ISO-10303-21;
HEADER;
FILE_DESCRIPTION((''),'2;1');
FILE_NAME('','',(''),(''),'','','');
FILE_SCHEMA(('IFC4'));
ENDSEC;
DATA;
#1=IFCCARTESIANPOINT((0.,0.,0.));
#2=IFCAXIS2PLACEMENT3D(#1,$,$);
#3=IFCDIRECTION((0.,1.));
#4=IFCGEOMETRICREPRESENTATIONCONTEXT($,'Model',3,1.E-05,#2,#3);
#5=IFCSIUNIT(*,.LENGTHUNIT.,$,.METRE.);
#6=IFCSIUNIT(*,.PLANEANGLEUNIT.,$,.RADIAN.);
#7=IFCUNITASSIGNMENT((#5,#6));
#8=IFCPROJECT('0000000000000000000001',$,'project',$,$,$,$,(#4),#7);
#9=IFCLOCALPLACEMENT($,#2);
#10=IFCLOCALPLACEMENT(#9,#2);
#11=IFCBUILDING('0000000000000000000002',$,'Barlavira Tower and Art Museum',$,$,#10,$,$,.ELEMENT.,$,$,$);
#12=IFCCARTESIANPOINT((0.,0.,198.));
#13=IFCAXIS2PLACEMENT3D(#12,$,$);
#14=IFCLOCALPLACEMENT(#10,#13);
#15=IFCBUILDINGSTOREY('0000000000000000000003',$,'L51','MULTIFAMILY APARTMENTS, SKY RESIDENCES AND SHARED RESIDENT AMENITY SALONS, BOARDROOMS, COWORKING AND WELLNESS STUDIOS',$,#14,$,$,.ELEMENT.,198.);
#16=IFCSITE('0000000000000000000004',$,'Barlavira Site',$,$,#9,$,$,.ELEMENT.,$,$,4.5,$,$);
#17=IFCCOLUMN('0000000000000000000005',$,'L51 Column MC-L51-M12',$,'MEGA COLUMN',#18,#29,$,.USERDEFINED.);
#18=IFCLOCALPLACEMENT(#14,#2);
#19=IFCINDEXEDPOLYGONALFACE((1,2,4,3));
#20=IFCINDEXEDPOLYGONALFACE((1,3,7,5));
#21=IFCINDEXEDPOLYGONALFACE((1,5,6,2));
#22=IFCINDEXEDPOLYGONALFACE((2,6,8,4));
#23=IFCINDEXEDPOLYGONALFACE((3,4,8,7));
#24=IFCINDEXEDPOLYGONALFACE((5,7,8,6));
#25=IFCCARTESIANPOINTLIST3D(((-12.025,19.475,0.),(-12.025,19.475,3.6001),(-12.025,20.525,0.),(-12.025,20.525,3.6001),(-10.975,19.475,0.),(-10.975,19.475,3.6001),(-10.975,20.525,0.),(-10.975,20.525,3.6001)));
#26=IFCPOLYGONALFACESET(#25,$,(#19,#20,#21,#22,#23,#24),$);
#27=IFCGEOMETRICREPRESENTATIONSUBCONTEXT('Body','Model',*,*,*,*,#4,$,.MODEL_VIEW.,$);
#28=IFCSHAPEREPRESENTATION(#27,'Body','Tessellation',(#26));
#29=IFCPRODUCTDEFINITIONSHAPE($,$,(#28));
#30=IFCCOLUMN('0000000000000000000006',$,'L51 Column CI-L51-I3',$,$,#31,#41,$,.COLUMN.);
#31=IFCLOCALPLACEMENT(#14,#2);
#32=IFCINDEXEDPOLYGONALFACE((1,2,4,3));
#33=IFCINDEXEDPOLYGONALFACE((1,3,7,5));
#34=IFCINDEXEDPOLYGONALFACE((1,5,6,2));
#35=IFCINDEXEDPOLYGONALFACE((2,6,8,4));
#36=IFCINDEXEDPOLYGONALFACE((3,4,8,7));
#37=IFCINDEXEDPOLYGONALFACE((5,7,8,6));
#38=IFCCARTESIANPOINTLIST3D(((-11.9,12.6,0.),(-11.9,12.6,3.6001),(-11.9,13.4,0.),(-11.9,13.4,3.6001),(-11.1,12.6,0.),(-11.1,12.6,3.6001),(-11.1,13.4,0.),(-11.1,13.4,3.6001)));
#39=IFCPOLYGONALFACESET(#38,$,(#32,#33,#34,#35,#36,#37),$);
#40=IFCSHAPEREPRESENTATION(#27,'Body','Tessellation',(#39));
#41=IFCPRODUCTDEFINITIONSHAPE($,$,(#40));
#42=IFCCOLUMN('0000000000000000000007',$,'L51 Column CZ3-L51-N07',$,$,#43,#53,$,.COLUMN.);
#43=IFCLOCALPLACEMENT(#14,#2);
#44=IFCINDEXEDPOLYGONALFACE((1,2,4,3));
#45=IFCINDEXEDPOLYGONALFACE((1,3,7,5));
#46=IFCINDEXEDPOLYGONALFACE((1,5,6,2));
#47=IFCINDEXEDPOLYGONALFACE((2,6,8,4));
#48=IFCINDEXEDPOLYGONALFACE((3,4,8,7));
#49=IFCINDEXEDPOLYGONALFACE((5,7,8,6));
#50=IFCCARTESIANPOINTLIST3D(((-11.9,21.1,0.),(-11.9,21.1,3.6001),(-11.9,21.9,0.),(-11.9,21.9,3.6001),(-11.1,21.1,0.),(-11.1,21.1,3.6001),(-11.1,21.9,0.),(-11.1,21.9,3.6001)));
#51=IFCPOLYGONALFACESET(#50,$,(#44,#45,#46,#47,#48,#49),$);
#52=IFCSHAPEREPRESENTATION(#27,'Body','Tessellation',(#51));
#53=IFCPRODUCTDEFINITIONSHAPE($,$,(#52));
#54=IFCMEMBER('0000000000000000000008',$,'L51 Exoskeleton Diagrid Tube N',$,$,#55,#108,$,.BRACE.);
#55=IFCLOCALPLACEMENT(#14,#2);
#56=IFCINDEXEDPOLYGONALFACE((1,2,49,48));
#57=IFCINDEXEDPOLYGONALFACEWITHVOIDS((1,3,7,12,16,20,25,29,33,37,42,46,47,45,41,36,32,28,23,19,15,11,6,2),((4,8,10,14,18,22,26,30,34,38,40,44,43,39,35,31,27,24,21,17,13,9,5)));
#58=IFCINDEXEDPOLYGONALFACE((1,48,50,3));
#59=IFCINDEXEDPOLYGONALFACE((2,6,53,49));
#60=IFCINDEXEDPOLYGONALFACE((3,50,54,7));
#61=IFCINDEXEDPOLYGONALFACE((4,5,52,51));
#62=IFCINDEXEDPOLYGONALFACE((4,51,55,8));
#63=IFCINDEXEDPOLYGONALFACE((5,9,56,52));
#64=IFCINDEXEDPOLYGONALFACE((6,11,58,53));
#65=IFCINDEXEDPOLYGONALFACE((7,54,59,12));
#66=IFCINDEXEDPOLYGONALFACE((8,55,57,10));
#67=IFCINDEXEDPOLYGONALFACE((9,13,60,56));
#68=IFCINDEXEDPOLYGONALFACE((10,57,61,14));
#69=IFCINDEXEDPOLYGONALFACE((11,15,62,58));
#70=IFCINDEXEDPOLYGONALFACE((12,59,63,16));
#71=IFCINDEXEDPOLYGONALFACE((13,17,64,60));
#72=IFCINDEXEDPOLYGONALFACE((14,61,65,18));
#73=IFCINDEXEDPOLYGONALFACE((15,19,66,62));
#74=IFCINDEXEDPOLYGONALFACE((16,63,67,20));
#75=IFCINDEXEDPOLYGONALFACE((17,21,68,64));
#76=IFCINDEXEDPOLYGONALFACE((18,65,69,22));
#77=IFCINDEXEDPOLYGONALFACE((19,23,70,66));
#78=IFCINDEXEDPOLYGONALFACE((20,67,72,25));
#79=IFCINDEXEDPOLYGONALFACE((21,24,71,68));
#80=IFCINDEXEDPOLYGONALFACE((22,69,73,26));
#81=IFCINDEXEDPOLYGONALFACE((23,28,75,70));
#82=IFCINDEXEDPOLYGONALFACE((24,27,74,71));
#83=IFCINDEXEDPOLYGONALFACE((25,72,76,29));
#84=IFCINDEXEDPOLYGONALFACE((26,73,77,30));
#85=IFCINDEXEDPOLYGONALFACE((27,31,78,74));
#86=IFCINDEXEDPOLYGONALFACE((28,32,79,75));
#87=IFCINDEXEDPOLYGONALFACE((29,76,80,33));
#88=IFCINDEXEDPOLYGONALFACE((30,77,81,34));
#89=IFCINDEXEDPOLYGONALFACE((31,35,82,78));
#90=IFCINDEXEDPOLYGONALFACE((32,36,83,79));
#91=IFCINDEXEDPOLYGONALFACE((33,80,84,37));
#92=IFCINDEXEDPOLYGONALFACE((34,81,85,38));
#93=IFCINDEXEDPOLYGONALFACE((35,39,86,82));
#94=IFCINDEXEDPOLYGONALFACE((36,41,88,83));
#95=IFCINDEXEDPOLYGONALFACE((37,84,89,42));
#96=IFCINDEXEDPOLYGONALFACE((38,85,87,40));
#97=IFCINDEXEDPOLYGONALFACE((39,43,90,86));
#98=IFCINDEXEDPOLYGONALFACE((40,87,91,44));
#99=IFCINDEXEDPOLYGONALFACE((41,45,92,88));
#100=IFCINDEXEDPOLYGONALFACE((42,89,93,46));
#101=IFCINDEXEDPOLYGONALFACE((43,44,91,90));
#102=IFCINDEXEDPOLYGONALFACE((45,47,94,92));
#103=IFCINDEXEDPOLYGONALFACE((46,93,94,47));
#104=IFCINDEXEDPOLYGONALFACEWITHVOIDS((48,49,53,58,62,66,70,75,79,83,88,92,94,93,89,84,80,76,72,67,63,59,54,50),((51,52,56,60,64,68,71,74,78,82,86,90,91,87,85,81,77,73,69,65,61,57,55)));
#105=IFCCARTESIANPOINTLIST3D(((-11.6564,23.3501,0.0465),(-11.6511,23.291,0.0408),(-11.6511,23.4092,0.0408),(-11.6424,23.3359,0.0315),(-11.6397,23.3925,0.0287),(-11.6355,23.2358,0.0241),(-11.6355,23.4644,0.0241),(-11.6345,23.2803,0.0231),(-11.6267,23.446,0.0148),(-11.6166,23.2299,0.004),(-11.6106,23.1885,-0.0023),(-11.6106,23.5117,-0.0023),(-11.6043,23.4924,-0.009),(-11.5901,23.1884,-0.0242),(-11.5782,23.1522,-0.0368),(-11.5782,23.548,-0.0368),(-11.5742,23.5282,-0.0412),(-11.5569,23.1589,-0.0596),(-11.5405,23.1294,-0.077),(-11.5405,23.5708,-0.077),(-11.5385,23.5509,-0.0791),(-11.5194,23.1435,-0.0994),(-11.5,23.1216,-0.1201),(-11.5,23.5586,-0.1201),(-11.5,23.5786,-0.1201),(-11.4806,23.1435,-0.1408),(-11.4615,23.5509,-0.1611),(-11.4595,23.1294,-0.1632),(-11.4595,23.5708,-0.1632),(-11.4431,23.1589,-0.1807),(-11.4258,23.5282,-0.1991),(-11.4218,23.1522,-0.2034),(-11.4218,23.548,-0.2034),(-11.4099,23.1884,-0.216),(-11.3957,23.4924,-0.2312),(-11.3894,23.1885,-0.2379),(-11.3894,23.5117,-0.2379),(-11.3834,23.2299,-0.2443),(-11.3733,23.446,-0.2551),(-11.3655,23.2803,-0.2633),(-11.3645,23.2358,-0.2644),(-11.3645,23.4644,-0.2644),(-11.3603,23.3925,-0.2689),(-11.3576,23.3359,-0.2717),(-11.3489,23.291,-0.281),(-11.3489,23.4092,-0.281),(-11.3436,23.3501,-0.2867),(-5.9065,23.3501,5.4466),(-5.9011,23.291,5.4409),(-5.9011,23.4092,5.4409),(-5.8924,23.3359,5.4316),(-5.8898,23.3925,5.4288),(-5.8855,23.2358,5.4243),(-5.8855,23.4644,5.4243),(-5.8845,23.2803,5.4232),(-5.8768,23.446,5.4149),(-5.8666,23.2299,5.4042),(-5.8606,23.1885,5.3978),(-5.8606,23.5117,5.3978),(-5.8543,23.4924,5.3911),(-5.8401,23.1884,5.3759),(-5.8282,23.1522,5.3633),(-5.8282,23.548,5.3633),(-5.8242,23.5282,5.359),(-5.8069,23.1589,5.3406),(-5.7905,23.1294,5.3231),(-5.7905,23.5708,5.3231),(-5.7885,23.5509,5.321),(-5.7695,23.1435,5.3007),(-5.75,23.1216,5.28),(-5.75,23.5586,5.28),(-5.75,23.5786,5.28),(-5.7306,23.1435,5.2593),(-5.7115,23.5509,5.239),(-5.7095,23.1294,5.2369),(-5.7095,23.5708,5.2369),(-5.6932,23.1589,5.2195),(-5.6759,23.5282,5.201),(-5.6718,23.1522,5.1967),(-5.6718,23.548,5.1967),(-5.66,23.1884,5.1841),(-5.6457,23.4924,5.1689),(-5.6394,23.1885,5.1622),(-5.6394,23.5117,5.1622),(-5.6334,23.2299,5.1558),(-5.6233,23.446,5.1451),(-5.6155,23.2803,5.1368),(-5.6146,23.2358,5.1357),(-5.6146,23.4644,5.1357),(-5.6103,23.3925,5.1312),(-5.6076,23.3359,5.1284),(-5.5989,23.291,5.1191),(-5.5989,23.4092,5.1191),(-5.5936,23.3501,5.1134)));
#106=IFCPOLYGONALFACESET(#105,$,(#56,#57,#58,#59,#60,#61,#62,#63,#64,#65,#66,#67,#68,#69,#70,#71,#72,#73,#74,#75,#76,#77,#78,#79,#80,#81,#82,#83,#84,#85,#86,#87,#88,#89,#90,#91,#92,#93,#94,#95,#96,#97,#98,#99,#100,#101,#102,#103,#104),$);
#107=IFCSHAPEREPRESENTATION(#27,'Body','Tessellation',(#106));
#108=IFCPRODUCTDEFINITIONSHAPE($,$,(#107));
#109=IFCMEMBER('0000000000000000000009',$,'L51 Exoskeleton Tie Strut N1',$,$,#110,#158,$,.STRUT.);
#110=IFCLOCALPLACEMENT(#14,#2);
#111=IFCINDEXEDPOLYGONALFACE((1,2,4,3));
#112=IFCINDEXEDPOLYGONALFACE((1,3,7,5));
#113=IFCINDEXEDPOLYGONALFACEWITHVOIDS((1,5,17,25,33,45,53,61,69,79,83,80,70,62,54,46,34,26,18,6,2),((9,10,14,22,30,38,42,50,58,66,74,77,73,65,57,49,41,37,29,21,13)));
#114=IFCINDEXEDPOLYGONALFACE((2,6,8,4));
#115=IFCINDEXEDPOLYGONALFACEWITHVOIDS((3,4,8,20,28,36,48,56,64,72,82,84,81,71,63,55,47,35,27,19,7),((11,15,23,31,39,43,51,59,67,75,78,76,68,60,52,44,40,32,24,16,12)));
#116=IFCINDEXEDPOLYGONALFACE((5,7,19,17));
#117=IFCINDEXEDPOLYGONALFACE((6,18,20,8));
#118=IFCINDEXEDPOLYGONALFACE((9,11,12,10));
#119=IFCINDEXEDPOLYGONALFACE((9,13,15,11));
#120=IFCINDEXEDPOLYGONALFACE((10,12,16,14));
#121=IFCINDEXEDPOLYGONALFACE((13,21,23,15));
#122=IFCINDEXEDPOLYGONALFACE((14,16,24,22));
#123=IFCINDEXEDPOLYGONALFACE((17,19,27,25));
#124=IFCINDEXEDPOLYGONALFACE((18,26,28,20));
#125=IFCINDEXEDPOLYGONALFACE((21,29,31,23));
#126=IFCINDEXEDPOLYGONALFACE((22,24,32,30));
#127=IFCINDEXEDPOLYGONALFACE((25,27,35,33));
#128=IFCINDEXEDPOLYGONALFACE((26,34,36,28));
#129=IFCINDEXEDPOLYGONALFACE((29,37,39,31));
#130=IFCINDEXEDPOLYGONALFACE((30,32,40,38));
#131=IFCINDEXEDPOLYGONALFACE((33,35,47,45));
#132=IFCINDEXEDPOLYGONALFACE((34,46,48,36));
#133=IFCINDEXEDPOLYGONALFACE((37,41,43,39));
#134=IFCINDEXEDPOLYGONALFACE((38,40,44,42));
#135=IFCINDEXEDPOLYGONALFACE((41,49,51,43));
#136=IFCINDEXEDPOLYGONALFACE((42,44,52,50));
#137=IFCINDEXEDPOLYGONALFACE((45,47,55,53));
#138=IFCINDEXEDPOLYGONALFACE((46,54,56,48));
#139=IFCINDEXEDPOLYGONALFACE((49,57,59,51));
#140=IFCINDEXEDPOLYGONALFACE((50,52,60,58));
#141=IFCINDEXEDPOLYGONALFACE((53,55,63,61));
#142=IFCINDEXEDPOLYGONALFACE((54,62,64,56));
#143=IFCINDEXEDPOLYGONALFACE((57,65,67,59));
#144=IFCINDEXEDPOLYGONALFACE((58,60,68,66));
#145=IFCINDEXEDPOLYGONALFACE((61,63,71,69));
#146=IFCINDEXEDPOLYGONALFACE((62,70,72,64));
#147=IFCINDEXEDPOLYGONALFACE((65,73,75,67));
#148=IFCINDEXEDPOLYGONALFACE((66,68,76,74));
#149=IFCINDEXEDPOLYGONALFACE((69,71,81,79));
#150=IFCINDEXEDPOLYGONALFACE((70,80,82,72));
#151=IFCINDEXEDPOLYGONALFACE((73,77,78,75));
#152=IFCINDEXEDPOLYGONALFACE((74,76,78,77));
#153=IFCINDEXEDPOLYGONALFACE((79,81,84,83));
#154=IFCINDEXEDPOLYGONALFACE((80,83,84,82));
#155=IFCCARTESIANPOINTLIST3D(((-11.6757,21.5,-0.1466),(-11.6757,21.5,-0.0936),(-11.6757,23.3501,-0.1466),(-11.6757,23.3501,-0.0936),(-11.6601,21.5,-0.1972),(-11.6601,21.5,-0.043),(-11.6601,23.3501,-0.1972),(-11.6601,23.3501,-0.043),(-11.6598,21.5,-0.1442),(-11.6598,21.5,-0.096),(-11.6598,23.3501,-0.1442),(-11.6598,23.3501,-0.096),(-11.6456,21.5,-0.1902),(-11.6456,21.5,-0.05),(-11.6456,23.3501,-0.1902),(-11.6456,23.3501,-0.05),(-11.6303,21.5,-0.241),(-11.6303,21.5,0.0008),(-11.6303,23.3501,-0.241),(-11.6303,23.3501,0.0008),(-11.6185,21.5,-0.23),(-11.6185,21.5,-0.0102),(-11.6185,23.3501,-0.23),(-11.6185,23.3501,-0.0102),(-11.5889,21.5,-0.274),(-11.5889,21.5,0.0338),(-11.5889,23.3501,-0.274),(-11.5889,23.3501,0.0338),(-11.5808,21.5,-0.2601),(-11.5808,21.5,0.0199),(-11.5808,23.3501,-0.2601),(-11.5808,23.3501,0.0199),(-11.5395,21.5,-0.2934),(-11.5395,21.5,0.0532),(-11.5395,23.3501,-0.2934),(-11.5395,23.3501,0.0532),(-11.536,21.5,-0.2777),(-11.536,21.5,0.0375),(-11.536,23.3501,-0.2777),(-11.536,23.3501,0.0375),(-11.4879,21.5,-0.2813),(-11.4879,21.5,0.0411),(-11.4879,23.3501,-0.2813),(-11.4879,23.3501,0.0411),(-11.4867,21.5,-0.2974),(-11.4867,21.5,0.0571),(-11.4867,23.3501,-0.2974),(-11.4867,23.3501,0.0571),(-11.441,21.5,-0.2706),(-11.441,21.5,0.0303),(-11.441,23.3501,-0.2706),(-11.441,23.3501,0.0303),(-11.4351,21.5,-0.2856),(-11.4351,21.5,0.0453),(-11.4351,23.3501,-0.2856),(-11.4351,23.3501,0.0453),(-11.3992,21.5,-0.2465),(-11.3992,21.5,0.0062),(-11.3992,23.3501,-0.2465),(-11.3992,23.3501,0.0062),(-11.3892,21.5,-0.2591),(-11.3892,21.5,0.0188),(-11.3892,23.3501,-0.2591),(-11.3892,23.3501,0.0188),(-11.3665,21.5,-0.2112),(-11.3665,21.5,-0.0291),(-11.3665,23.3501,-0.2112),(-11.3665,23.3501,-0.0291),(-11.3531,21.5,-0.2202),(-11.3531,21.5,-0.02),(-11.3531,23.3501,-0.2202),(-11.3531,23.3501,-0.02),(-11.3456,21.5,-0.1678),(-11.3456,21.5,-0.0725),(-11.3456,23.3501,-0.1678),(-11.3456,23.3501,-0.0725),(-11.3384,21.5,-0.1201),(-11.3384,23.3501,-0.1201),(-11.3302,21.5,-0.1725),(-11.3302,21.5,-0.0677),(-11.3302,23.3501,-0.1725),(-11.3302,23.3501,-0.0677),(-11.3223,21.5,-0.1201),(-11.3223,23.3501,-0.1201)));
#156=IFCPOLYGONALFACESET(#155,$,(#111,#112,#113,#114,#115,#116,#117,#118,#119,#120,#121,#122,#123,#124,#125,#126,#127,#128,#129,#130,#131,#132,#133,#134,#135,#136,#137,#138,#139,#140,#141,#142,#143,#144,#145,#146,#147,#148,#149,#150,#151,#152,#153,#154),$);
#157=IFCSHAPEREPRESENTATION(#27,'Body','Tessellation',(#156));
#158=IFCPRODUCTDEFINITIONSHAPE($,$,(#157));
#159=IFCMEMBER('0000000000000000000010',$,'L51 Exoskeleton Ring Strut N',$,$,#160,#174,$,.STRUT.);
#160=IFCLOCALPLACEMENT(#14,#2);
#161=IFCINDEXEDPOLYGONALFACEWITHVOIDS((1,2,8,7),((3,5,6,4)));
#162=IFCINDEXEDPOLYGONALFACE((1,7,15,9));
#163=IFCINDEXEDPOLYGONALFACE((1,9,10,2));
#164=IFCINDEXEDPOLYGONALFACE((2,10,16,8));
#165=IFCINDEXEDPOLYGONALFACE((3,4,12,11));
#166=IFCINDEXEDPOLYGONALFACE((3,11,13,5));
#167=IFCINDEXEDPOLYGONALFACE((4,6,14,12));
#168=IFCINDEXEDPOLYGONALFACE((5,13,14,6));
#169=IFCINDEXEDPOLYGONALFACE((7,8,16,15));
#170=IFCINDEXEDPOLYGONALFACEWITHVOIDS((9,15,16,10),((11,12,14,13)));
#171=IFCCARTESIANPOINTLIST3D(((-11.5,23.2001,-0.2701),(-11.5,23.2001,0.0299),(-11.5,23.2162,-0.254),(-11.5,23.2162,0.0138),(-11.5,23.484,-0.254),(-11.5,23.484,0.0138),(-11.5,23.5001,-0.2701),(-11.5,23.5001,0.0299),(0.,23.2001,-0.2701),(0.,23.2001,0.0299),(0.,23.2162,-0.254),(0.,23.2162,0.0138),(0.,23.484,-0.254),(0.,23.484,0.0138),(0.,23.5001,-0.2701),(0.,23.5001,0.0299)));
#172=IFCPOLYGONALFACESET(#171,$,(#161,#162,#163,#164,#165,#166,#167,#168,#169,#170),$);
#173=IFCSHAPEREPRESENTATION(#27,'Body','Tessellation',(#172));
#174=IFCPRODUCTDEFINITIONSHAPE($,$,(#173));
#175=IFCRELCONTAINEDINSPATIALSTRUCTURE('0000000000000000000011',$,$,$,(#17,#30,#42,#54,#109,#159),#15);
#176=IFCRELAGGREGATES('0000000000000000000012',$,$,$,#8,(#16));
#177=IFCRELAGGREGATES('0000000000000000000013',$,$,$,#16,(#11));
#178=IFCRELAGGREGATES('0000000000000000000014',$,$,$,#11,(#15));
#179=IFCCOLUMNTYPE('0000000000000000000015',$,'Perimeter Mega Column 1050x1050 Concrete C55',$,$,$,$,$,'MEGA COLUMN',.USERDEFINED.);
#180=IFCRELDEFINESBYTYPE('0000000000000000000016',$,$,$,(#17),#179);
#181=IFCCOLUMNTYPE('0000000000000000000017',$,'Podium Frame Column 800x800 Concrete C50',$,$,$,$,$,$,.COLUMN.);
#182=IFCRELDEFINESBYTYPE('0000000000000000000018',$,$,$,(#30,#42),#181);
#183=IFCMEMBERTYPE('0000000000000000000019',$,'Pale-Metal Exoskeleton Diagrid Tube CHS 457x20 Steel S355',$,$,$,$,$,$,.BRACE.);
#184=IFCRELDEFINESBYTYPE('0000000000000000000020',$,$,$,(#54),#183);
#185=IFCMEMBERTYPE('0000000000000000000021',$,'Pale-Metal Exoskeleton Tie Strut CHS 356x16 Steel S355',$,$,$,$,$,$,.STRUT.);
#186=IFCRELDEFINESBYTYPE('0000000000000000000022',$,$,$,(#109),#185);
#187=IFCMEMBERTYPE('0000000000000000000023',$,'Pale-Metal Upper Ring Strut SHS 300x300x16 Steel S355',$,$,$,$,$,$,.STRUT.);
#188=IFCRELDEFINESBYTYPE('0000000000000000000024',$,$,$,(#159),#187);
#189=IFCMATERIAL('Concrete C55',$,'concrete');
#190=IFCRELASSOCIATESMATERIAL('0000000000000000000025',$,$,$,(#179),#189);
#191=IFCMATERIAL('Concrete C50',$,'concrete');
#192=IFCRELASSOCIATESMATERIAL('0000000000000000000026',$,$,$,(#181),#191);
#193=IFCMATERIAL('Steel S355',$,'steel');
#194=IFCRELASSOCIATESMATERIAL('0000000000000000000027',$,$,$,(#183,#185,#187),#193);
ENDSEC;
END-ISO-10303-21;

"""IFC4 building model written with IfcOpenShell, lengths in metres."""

from ifc_helpers import new_model, si_unit, direction, frame, origin, origin_2d, place, context, subcontext, project, spatial, rectangle, hollow_rectangle, hollow_circle, extrude, material, material_profile, profile_set, type_object, element, save


model = new_model("IFC4")

# Units and contexts
model_context = context("Model", 3, precision=1e-05, world=origin(), true_north=direction((0.0, 1.0)))
body_context = subcontext(model_context, "Body", "Model", "MODEL_VIEW")
ifc_project = project(units=[si_unit("LENGTHUNIT", "METRE"), si_unit("PLANEANGLEUNIT", "RADIAN")], contexts=[model_context])

# Site, building, storey
site_placement = place(None, origin())
site = spatial("IfcSite", under=ifc_project, at=site_placement, Name="Barlavira Site", CompositionType="ELEMENT", RefElevation=4.5)
building_placement = place(site_placement, origin())
building = spatial("IfcBuilding", under=site, at=building_placement, Name="Barlavira Tower and Art Museum", CompositionType="ELEMENT")
storey_placement = place(building_placement, frame((0.0, 0.0, 198.0)))
storey = spatial("IfcBuildingStorey", under=building, at=storey_placement, Name="L51", Description="MULTIFAMILY APARTMENTS, SKY RESIDENCES AND SHARED RESIDENT AMENITY SALONS, BOARDROOMS, COWORKING AND WELLNESS STUDIOS", CompositionType="ELEMENT", Elevation=198.0)

# Columns
ifc_material_1 = material(Name="Concrete C55", Category="concrete")
ifc_material_profile_1 = material_profile(ifc_material_1, rectangle(XDim=1.05, YDim=1.05, at=origin_2d()), Name="RC-COL 1050x1050")
ifc_profile_set_1 = profile_set([ifc_material_profile_1], Name="Concrete C55")
column_type_1 = type_object("IfcColumnType", Name="Perimeter Mega Column 1050x1050 Concrete C55", ElementType="MEGA COLUMN", PredefinedType="USERDEFINED", material=ifc_profile_set_1)
column_placement = place(storey_placement, frame((-11.5, 20.0, 0.0), z_axis=(0.0, 0.0, 1.0), x_axis=(1.0, 0.0, 0.0)))
element("IfcColumn", 1, at=column_placement, inside=storey, type_object=column_type_1, Name="L51 Column MC-L51-M12", ObjectType="MEGA COLUMN", PredefinedType="USERDEFINED", context=body_context, shape_type="SweptSolid", body=[
    extrude(rectangle(XDim=1.05, YDim=1.05, at=origin_2d()), origin(), (0.0, 0.0, 1.0), 3.6001),
])
ifc_material_2 = material(Name="Concrete C50", Category="concrete")
ifc_material_profile_2 = material_profile(ifc_material_2, rectangle(XDim=0.8, YDim=0.8, at=origin_2d()), Name="RC-COL 800x800")
ifc_profile_set_2 = profile_set([ifc_material_profile_2], Name="Concrete C50")
column_type_2 = type_object("IfcColumnType", Name="Podium Frame Column 800x800 Concrete C50", PredefinedType="COLUMN", material=ifc_profile_set_2)
for number, where, z_axis, x_axis, name in (
    (2, (-11.5, 13.0, 0.0), (0.0, 0.0, 1.0), (1.0, 0.0, 0.0), "L51 Column CI-L51-I3"),
    (3, (-11.5, 21.5, 0.0), (0.0, 0.0, 1.0), (1.0, 0.0, 0.0), "L51 Column CZ3-L51-N07"),
):
    element("IfcColumn", number, at=place(storey_placement, frame(where, z_axis=z_axis, x_axis=x_axis)), inside=storey, type_object=column_type_2, Name=name, PredefinedType="COLUMN", context=body_context, shape_type="SweptSolid", body=[
        extrude(rectangle(XDim=0.8, YDim=0.8, at=origin_2d()), origin(), (0.0, 0.0, 1.0), 3.6001),
    ])

# Members
ifc_material_3 = material(Name="Steel S355", Category="steel")
ifc_material_profile_3 = material_profile(ifc_material_3, hollow_circle(Radius=0.2285, WallThickness=0.02, at=origin_2d()), Name="CHS 457.0x20.0")
ifc_profile_set_3 = profile_set([ifc_material_profile_3], Name="Steel S355")
member_type_1 = type_object("IfcMemberType", Name="Pale-Metal Exoskeleton Diagrid Tube CHS 457x20 Steel S355", PredefinedType="BRACE", material=ifc_profile_set_3)
member_1_placement = place(storey_placement, frame((-11.5, 23.3501, -0.1201), z_axis=(0.728935, 0.0, 0.684583), x_axis=(0.0, 1.0, 0.0)))
element("IfcMember", 4, at=member_1_placement, inside=storey, type_object=member_type_1, Name="L51 Exoskeleton Diagrid Tube N", PredefinedType="BRACE", context=body_context, shape_type="SweptSolid", body=[
    extrude(hollow_circle(Radius=0.2285, WallThickness=0.02, at=origin_2d()), origin(), (0.0, 0.0, 1.0), 7.8882),
])
ifc_material_profile_4 = material_profile(ifc_material_3, hollow_circle(Radius=0.1777, WallThickness=0.0161, at=origin_2d()), Name="CHS 355.6x16.0")
ifc_profile_set_4 = profile_set([ifc_material_profile_4], Name="Steel S355")
member_type_2 = type_object("IfcMemberType", Name="Pale-Metal Exoskeleton Tie Strut CHS 356x16 Steel S355", PredefinedType="STRUT", material=ifc_profile_set_4)
member_2_placement = place(storey_placement, frame((-11.5, 23.3501, -0.1201), z_axis=(0.0, -1.0, 0.0), x_axis=(1.0, 0.0, 0.0)))
element("IfcMember", 5, at=member_2_placement, inside=storey, type_object=member_type_2, Name="L51 Exoskeleton Tie Strut N1", PredefinedType="STRUT", context=body_context, shape_type="SweptSolid", body=[
    extrude(hollow_circle(Radius=0.1777, WallThickness=0.0161, at=origin_2d()), origin(), (0.0, 0.0, 1.0), 1.8501),
])
ifc_material_profile_5 = material_profile(ifc_material_3, hollow_rectangle(XDim=0.3, YDim=0.3, WallThickness=0.0161, at=origin_2d()), Name="SHS 300x300x16.0")
ifc_profile_set_5 = profile_set([ifc_material_profile_5], Name="Steel S355")
member_type_3 = type_object("IfcMemberType", Name="Pale-Metal Upper Ring Strut SHS 300x300x16 Steel S355", PredefinedType="STRUT", material=ifc_profile_set_5)
member_3_placement = place(storey_placement, frame((-11.5, 23.3501, -0.1201), z_axis=(1.0, 0.0, 0.0), x_axis=(0.0, 1.0, 0.0)))
element("IfcMember", 6, at=member_3_placement, inside=storey, type_object=member_type_3, Name="L51 Exoskeleton Ring Strut N", PredefinedType="STRUT", context=body_context, shape_type="SweptSolid", body=[
    extrude(hollow_rectangle(XDim=0.3, YDim=0.3, WallThickness=0.0161, at=origin_2d()), origin(), (0.0, 0.0, 1.0), 11.5),
])

save(model, "model.ifc")
